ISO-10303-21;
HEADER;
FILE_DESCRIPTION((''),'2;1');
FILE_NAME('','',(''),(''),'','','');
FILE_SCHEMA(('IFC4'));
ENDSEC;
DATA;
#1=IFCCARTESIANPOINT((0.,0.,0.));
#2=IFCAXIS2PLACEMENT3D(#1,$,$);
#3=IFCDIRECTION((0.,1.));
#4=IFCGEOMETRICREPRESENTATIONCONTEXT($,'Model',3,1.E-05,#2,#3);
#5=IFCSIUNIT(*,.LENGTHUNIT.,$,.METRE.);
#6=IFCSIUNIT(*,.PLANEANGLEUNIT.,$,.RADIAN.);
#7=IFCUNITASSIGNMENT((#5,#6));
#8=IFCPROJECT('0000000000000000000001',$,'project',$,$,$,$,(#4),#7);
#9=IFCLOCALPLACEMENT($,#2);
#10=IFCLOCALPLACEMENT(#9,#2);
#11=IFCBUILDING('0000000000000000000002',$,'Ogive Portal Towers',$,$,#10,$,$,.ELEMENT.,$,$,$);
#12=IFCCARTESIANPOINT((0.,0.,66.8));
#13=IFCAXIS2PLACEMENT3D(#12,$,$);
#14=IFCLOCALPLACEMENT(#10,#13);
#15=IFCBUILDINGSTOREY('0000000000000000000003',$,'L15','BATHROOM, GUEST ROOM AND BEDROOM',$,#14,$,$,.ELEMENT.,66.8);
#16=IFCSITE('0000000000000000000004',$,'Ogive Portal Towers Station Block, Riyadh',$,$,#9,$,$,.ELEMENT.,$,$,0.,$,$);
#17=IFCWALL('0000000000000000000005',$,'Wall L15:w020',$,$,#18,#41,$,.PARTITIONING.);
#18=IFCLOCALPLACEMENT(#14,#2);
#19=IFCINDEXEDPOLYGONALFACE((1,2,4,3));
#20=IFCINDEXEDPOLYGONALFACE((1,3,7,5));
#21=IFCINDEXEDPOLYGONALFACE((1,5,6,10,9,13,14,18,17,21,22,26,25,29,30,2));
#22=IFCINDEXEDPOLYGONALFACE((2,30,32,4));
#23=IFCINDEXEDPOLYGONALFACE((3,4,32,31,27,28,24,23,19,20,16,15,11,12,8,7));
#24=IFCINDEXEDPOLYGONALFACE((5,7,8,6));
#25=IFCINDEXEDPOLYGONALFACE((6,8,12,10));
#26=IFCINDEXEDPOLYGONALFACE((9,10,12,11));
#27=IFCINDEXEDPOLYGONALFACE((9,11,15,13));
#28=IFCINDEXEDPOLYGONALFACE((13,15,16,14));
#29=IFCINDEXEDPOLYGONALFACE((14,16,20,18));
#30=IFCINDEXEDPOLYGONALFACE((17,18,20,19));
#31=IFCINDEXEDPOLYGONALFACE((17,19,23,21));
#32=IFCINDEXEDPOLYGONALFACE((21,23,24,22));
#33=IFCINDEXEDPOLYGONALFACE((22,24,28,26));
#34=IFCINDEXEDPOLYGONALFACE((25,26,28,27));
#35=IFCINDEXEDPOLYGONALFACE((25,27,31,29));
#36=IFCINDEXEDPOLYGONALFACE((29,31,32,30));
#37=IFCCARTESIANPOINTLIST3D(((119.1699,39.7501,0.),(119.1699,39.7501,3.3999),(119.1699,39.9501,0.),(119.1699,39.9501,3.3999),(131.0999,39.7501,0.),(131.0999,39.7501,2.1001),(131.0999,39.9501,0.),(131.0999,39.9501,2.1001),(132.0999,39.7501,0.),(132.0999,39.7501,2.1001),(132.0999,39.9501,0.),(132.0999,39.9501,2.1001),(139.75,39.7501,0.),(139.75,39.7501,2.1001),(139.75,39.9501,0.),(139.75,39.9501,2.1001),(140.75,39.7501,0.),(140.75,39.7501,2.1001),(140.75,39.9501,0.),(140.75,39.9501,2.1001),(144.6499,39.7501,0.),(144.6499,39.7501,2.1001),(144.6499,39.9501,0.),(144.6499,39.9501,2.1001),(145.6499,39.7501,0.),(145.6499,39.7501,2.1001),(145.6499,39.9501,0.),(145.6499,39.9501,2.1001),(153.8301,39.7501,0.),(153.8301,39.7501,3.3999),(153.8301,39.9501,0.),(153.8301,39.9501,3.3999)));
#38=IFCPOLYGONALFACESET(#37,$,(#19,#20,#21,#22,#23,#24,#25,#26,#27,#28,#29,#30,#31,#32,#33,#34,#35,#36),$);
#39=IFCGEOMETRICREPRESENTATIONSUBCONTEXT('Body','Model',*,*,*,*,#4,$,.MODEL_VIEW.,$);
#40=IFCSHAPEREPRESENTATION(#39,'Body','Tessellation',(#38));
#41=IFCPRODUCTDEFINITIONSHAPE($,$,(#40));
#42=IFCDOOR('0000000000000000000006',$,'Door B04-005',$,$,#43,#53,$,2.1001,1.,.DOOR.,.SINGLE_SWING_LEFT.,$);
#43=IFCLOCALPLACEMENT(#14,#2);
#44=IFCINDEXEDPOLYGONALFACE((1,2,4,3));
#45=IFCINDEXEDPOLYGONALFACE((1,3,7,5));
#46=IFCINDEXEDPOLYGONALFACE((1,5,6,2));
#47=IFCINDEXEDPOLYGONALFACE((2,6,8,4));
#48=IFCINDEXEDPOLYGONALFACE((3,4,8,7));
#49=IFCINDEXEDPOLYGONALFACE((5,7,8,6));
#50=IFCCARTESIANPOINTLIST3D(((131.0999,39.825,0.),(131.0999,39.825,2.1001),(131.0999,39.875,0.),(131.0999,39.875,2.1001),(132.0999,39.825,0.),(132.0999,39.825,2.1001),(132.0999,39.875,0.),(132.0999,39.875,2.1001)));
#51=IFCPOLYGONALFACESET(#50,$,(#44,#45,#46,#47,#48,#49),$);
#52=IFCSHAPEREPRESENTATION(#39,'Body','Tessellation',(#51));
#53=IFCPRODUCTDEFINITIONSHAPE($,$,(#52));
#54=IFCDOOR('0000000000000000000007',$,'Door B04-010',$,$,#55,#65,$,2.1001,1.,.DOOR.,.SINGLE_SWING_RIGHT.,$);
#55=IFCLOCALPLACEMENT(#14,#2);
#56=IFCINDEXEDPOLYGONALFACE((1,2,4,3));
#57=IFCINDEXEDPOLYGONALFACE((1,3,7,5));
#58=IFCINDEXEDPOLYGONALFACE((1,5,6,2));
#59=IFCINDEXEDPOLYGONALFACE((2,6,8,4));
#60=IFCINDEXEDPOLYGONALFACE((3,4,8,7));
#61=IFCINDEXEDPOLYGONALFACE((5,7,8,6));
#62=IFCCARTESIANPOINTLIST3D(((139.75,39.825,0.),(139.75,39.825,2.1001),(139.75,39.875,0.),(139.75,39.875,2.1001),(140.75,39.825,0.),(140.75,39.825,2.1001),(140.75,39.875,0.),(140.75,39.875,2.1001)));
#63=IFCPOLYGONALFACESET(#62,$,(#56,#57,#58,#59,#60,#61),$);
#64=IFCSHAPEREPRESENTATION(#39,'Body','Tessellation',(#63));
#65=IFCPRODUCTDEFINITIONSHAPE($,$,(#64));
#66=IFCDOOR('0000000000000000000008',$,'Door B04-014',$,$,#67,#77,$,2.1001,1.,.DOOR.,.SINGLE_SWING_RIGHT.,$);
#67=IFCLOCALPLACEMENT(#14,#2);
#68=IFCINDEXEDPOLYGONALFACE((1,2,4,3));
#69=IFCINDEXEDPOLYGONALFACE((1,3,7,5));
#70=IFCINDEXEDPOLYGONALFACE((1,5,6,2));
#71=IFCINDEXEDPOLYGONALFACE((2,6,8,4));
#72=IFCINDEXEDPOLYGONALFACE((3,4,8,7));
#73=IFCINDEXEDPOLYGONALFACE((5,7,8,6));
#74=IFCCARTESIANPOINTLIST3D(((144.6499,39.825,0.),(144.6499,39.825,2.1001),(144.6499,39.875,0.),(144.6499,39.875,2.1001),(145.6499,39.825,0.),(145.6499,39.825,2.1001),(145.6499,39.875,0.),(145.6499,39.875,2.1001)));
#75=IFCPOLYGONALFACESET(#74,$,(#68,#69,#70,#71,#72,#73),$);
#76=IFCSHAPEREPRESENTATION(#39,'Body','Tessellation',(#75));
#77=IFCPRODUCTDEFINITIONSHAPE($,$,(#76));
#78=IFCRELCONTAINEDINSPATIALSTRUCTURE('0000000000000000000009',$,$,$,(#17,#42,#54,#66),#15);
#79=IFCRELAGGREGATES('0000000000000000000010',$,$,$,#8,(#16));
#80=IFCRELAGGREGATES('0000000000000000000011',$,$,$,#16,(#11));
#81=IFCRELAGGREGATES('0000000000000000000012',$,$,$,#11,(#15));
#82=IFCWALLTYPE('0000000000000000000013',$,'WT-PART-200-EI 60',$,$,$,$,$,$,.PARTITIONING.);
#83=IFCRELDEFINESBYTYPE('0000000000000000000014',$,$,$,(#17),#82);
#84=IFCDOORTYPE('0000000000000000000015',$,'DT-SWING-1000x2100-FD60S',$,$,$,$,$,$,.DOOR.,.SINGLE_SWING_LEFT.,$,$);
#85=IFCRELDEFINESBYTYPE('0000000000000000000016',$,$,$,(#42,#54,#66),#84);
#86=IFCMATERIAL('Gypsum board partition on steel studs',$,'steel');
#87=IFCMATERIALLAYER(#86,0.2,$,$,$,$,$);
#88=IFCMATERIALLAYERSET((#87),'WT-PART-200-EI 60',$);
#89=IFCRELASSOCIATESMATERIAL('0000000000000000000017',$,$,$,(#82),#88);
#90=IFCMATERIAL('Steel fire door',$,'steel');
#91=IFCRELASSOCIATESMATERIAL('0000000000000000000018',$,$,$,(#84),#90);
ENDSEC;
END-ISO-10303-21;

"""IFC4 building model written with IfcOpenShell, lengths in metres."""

from ifc_helpers import new_model, si_unit, direction, frame, frame_2d, origin, place, context, subcontext, project, spatial, rectangle, extrude, material, layer, layer_set, type_object, element, fill, save


model = new_model("IFC4")

# Units and contexts
model_context = context("Model", 3, precision=1e-05, world=origin(), true_north=direction((0.0, 1.0)))
body_context = subcontext(model_context, "Body", "Model", "MODEL_VIEW")
ifc_project = project(units=[si_unit("LENGTHUNIT", "METRE"), si_unit("PLANEANGLEUNIT", "RADIAN")], contexts=[model_context])

# Site, building, storey
site_placement = place(None, origin())
site = spatial("IfcSite", under=ifc_project, at=site_placement, Name="Ogive Portal Towers Station Block, Riyadh", CompositionType="ELEMENT", RefElevation=0.0)
building_placement = place(site_placement, origin())
building = spatial("IfcBuilding", under=site, at=building_placement, Name="Ogive Portal Towers", CompositionType="ELEMENT")
storey_placement = place(building_placement, frame((0.0, 0.0, 66.8)))
storey = spatial("IfcBuildingStorey", under=building, at=storey_placement, Name="L15", Description="BATHROOM, GUEST ROOM AND BEDROOM", CompositionType="ELEMENT", Elevation=66.8)

# Shared definitions
ifc_material_1 = material(Name="Gypsum board partition on steel studs", Category="steel")
ifc_layer_1 = layer(ifc_material_1, 0.2)
ifc_layer_set_1 = layer_set([ifc_layer_1], Name="WT-PART-200-EI 60")
wall_type = type_object("IfcWallType", Name="WT-PART-200-EI 60", PredefinedType="PARTITIONING", material=ifc_layer_set_1)

# Wall, openings, doors
wall_1_placement = place(storey_placement, frame((119.1699, 39.8501, 0.0), z_axis=(0.0, 0.0, 1.0), x_axis=(1.0, 0.0, 0.0)))
wall_1 = element("IfcWall", 1, at=wall_1_placement, inside=storey, type_object=wall_type, Name="Wall L15:w020", PredefinedType="PARTITIONING", context=body_context, shape_type="SweptSolid", body=[
    extrude(rectangle(XDim=34.6602, YDim=0.2, at=frame_2d((17.3301, 0.0))), origin(), (0.0, 0.0, 1.0), 3.3999),
])
opening_1_placement = place(wall_1_placement, frame((11.9299, 0.0, 0.0)))
opening_1 = element("IfcOpeningElement", 2, at=opening_1_placement, cuts=wall_1, PredefinedType="OPENING", context=body_context, shape_type="SweptSolid", body=[
    extrude(rectangle(XDim=1.0, YDim=2.1001, at=frame_2d((0.5, 1.05))), frame((0.0, 0.1099, 0.0), z_axis=(0.0, -1.0, 0.0), x_axis=(1.0, 0.0, 0.0)), (0.0, 0.0, 1.0), 0.22),
])
opening_2_placement = place(wall_1_placement, frame((20.5801, 0.0, 0.0)))
opening_2 = element("IfcOpeningElement", 3, at=opening_2_placement, cuts=wall_1, PredefinedType="OPENING", context=body_context, shape_type="SweptSolid", body=[
    extrude(rectangle(XDim=1.0, YDim=2.1001, at=frame_2d((0.5, 1.05))), frame((0.0, 0.1099, 0.0), z_axis=(0.0, -1.0, 0.0), x_axis=(1.0, 0.0, 0.0)), (0.0, 0.0, 1.0), 0.22),
])
opening_3_placement = place(wall_1_placement, frame((25.48, 0.0, 0.0)))
opening_3 = element("IfcOpeningElement", 4, at=opening_3_placement, cuts=wall_1, PredefinedType="OPENING", context=body_context, shape_type="SweptSolid", body=[
    extrude(rectangle(XDim=1.0, YDim=2.1001, at=frame_2d((0.5, 1.05))), frame((0.0, 0.1099, 0.0), z_axis=(0.0, -1.0, 0.0), x_axis=(1.0, 0.0, 0.0)), (0.0, 0.0, 1.0), 0.22),
])
ifc_material_2 = material(Name="Steel fire door", Category="steel")
door_type_1 = type_object("IfcDoorType", Name="DT-SWING-1000x2100-FD60S", OperationType="SINGLE_SWING_LEFT", PredefinedType="DOOR", material=ifc_material_2)
door_1_placement = place(opening_1_placement, origin())
door_1 = element("IfcDoor", 5, at=door_1_placement, inside=storey, type_object=door_type_1, Name="Door B04-005", OperationType="SINGLE_SWING_LEFT", OverallHeight=2.1001, OverallWidth=1.0, PredefinedType="DOOR", context=body_context, shape_type="SweptSolid", body=[
    extrude(rectangle(XDim=1.0, YDim=2.1001, at=frame_2d((0.5, 1.05))), frame((0.0, 0.0249, 0.0), z_axis=(0.0, -1.0, 0.0), x_axis=(1.0, 0.0, 0.0)), (0.0, 0.0, 1.0), 0.05),
])
fill(opening_1, door_1)
door_2_placement = place(opening_2_placement, origin())
door_2 = element("IfcDoor", 6, at=door_2_placement, inside=storey, type_object=door_type_1, Name="Door B04-010", OperationType="SINGLE_SWING_RIGHT", OverallHeight=2.1001, OverallWidth=1.0, PredefinedType="DOOR", context=body_context, shape_type="SweptSolid", body=[
    extrude(rectangle(XDim=1.0, YDim=2.1001, at=frame_2d((0.5, 1.05))), frame((0.0, 0.0249, 0.0), z_axis=(0.0, -1.0, 0.0), x_axis=(1.0, 0.0, 0.0)), (0.0, 0.0, 1.0), 0.05),
])
fill(opening_2, door_2)
door_3_placement = place(opening_3_placement, origin())
door_3 = element("IfcDoor", 7, at=door_3_placement, inside=storey, type_object=door_type_1, Name="Door B04-014", OperationType="SINGLE_SWING_RIGHT", OverallHeight=2.1001, OverallWidth=1.0, PredefinedType="DOOR", context=body_context, shape_type="SweptSolid", body=[
    extrude(rectangle(XDim=1.0, YDim=2.1001, at=frame_2d((0.5, 1.05))), frame((0.0, 0.0249, 0.0), z_axis=(0.0, -1.0, 0.0), x_axis=(1.0, 0.0, 0.0)), (0.0, 0.0, 1.0), 0.05),
])
fill(opening_3, door_3)

save(model, "model.ifc")
